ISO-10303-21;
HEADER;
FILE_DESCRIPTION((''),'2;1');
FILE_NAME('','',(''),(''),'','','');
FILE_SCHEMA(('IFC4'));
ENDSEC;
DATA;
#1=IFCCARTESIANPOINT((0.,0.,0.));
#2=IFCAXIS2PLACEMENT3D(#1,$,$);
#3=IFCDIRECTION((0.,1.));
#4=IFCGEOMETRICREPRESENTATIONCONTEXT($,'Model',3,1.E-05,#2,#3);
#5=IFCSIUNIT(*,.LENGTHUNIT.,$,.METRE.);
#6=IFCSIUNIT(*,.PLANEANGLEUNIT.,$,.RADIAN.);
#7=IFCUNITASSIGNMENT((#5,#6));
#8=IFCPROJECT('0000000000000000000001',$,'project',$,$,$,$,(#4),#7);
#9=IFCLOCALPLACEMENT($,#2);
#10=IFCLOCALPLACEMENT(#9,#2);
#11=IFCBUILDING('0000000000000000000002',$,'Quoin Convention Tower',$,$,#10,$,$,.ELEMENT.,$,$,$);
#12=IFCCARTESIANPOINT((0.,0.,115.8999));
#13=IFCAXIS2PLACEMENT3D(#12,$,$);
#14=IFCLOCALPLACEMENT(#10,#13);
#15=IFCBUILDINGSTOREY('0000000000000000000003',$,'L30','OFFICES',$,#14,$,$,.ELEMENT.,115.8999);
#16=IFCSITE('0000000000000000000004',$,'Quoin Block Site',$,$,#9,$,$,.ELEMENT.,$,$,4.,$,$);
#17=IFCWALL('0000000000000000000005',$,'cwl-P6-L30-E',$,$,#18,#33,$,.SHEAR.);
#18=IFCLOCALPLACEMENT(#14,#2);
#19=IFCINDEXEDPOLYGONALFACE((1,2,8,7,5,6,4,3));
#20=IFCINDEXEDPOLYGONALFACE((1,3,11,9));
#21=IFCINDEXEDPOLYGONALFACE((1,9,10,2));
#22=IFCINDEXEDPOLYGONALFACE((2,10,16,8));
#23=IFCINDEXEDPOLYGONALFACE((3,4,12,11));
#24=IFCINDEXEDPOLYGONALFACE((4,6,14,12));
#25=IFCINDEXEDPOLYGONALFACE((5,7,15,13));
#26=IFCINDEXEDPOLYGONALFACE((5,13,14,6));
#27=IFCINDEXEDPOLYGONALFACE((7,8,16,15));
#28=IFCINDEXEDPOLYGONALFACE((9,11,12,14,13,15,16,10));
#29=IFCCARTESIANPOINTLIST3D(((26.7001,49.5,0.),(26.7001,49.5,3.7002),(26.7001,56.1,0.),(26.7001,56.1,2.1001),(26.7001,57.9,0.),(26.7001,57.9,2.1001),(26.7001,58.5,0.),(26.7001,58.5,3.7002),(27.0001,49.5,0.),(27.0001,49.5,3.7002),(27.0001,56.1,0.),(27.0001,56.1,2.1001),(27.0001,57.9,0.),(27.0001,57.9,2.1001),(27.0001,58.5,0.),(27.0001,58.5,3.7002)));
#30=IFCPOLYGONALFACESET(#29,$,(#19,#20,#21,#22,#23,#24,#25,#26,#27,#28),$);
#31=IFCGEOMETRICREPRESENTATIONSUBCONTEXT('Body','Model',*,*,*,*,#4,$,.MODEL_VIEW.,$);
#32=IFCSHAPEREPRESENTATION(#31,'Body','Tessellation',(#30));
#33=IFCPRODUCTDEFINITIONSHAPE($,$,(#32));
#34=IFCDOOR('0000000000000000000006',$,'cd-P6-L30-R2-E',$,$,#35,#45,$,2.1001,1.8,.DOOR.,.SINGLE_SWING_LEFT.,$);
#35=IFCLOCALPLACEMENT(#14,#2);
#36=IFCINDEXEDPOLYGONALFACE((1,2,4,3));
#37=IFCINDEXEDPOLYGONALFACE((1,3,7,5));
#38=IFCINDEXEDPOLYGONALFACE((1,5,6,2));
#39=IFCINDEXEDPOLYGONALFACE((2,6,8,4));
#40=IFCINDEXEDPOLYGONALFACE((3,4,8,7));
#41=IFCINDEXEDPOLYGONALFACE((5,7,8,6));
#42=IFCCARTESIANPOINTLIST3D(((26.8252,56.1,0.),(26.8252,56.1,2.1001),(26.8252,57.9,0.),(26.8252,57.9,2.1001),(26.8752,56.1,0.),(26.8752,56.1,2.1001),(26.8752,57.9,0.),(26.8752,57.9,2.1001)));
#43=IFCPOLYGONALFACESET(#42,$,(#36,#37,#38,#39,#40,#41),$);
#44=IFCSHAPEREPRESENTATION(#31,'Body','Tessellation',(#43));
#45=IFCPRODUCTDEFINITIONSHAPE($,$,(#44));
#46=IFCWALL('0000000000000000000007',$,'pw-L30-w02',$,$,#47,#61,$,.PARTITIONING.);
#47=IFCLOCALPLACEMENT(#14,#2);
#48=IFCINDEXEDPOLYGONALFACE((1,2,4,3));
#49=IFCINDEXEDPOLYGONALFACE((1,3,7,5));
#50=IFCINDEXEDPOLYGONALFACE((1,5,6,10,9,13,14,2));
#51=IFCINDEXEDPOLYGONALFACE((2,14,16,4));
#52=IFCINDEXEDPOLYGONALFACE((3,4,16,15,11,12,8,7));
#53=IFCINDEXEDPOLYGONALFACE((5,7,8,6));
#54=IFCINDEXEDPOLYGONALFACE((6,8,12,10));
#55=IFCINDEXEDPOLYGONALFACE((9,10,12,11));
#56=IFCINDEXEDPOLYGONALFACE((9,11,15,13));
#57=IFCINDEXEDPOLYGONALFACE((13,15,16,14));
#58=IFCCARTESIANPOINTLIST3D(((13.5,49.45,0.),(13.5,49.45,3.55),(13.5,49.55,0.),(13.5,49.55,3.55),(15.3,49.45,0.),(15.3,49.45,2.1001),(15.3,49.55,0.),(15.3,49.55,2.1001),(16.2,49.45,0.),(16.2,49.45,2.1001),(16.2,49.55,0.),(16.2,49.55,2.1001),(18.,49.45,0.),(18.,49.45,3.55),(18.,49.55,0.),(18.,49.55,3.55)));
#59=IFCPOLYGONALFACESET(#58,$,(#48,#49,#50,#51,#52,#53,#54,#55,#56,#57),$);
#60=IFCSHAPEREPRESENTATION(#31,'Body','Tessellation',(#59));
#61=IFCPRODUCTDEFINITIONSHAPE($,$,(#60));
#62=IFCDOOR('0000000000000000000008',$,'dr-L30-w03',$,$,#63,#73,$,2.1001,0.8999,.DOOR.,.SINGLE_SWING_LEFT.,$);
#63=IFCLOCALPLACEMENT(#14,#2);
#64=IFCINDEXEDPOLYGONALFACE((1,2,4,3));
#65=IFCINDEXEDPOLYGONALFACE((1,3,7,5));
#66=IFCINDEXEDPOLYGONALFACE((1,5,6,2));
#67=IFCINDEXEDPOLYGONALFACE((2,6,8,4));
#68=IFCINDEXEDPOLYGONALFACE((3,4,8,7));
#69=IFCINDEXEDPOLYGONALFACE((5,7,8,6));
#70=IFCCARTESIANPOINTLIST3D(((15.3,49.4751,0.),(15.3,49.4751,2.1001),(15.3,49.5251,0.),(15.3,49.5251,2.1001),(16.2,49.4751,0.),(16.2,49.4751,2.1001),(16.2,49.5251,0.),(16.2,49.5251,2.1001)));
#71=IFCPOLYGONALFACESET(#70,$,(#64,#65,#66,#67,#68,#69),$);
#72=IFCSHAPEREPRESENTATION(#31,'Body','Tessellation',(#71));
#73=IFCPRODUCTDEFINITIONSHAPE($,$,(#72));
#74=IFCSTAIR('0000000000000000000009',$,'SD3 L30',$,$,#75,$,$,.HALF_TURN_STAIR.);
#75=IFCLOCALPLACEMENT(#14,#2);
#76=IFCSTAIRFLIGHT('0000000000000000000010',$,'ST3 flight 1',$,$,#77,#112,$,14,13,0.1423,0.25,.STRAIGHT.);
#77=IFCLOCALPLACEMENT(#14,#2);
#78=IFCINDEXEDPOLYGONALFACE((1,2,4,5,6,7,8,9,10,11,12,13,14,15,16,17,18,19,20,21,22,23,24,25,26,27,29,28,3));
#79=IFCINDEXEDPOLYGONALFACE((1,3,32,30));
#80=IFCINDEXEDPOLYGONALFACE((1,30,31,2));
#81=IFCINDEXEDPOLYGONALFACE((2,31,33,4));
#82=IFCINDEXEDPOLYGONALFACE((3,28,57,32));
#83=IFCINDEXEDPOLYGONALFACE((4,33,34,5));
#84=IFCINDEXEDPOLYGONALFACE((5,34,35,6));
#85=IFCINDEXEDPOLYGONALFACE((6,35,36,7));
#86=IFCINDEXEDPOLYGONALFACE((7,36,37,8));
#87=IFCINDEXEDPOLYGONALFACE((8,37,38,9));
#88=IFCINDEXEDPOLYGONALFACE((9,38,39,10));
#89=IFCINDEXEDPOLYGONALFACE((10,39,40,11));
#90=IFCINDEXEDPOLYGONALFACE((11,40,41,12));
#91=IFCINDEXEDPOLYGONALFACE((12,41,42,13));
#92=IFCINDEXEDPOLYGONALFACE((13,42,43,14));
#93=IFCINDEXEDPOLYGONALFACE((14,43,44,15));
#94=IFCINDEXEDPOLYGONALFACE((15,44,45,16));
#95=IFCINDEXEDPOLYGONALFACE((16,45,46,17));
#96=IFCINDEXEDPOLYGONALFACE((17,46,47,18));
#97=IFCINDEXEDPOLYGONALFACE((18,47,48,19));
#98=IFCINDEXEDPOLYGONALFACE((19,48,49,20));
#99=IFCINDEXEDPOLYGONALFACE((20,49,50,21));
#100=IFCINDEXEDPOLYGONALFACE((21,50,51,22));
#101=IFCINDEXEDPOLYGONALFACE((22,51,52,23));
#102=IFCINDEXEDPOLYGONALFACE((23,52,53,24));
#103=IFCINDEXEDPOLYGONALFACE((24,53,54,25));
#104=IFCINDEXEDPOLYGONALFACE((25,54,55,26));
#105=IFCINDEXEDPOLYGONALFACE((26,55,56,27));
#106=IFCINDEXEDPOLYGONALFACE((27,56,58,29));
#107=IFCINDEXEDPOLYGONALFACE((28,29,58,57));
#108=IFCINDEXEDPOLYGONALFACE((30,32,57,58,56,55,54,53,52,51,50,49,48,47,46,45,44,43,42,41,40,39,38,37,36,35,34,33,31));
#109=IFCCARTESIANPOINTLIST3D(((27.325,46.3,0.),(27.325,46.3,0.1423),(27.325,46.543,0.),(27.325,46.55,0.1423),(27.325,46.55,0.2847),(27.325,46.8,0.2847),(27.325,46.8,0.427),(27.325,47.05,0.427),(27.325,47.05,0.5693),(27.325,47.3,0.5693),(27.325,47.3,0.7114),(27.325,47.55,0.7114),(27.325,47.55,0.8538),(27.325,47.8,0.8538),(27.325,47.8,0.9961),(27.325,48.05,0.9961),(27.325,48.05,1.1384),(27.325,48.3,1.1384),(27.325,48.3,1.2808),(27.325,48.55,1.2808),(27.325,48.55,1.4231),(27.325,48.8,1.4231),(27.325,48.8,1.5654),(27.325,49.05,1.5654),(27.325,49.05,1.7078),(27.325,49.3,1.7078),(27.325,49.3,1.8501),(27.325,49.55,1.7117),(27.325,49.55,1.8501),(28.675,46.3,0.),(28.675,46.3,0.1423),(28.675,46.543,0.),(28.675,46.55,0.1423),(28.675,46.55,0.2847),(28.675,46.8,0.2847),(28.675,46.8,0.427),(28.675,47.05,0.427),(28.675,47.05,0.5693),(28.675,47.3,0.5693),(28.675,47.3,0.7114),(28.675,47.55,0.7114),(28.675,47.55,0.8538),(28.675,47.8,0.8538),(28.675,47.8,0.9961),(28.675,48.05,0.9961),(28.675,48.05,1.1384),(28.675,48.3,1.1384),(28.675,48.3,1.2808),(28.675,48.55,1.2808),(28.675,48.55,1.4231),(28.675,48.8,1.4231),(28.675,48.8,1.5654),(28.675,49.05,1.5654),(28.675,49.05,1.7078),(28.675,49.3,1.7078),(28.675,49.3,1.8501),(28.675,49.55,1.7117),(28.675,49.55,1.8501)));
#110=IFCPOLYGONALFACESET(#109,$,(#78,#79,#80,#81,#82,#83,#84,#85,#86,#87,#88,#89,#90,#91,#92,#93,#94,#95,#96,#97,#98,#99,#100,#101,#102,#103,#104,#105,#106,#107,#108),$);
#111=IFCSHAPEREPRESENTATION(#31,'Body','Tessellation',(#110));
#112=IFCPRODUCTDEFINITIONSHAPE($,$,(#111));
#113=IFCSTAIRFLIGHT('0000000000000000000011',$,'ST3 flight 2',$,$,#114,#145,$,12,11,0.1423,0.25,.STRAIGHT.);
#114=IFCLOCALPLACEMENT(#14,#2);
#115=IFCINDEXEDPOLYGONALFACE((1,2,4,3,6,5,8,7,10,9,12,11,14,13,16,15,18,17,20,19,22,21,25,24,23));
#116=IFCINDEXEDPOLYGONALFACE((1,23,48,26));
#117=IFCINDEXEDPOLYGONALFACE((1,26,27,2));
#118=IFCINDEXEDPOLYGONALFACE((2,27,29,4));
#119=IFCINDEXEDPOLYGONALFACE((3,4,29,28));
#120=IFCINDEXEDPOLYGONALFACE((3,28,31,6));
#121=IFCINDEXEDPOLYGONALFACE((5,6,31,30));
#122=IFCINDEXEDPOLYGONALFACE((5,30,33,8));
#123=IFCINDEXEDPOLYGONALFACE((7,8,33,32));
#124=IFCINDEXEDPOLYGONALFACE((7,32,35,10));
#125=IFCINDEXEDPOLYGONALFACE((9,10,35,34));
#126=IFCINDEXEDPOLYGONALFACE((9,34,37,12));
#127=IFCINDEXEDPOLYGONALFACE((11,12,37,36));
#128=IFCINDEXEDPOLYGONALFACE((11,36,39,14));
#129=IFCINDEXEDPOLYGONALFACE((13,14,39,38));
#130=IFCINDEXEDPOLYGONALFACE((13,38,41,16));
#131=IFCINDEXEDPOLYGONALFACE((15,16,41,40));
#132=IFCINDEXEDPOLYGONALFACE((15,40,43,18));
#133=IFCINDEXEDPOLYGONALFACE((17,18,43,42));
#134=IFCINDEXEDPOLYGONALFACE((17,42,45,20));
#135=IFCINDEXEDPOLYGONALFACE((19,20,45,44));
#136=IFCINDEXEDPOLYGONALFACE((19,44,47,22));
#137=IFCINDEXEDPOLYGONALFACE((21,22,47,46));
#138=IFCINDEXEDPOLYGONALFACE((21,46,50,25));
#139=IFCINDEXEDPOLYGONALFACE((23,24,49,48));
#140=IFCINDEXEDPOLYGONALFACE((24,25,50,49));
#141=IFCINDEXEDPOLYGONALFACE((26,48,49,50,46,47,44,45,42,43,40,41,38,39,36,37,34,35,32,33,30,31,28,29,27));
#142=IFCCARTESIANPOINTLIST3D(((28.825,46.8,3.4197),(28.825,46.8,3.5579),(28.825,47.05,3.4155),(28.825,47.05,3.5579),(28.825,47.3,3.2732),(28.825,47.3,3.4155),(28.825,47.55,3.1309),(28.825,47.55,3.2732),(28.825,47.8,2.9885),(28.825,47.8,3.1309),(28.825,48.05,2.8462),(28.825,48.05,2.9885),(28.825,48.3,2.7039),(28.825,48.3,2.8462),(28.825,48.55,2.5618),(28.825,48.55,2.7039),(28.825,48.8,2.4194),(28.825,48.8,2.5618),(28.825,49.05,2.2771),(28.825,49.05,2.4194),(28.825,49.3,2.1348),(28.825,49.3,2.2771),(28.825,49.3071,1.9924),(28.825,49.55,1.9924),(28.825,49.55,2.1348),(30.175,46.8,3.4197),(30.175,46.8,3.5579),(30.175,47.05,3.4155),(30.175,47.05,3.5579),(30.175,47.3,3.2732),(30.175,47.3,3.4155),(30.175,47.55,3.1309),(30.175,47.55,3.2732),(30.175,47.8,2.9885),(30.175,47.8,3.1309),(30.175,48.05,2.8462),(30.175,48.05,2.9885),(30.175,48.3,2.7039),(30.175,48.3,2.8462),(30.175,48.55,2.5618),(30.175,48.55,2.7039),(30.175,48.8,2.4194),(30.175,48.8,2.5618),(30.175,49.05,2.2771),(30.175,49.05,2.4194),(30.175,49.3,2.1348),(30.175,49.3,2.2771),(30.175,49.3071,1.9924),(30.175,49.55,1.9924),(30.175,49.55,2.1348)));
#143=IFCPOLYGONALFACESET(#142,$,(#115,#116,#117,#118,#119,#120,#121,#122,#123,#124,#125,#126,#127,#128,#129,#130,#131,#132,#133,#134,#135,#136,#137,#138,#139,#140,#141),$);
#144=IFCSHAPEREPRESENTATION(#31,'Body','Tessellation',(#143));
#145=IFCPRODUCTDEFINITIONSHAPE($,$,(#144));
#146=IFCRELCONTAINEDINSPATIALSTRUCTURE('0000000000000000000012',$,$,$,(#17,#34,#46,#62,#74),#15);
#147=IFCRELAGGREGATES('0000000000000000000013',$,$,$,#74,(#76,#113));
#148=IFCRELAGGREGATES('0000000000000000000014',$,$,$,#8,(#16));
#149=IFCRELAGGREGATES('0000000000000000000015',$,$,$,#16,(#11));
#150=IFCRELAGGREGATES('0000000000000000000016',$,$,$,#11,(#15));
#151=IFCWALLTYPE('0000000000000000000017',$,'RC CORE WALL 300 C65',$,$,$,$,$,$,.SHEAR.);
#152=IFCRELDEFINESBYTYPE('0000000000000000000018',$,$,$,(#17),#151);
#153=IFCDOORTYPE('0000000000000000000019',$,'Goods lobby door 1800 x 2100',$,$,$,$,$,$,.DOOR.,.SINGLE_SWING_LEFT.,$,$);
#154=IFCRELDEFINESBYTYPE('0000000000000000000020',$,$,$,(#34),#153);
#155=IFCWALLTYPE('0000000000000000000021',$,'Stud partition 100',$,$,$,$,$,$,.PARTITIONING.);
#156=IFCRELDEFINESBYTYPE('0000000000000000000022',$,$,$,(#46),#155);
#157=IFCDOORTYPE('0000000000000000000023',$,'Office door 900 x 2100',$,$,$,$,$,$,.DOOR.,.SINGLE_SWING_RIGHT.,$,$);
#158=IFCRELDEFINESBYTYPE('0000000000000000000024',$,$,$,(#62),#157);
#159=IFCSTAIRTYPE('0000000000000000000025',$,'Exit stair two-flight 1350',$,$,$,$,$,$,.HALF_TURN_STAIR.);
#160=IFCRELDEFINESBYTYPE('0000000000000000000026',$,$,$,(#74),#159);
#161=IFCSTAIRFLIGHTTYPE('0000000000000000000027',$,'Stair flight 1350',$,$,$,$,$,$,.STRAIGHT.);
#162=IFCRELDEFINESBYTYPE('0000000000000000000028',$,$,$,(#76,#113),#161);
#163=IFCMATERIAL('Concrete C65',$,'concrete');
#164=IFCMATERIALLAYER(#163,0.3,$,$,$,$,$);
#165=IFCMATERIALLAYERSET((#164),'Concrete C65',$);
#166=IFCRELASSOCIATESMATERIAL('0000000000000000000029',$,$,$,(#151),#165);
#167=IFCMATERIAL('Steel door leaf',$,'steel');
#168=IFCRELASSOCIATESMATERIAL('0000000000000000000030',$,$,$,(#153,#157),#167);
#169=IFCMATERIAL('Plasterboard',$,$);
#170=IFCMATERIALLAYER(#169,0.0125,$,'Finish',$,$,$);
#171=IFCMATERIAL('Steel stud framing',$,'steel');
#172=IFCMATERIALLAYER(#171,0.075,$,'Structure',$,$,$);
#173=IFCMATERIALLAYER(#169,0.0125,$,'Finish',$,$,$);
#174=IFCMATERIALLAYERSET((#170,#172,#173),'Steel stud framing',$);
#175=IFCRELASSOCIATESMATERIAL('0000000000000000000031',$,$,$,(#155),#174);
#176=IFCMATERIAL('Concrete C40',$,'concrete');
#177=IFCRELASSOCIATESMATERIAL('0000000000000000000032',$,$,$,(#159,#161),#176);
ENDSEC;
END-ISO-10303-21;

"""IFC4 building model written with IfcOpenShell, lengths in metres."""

from ifc_helpers import new_model, si_unit, direction, frame, frame_2d, origin, place, context, subcontext, project, spatial, polyline, rectangle, outline, extrude, material, layer, layer_set, type_object, element, fill, aggregate, save


model = new_model("IFC4")

# Units and contexts
model_context = context("Model", 3, precision=1e-05, world=origin(), true_north=direction((0.0, 1.0)))
body_context = subcontext(model_context, "Body", "Model", "MODEL_VIEW")
ifc_project = project(units=[si_unit("LENGTHUNIT", "METRE"), si_unit("PLANEANGLEUNIT", "RADIAN")], contexts=[model_context])

# Site, building, storey
site_placement = place(None, origin())
site = spatial("IfcSite", under=ifc_project, at=site_placement, Name="Quoin Block Site", CompositionType="ELEMENT", RefElevation=4.0)
building_placement = place(site_placement, origin())
building = spatial("IfcBuilding", under=site, at=building_placement, Name="Quoin Convention Tower", CompositionType="ELEMENT")
storey_placement = place(building_placement, frame((0.0, 0.0, 115.8999)))
storey = spatial("IfcBuildingStorey", under=building, at=storey_placement, Name="L30", Description="OFFICES", CompositionType="ELEMENT", Elevation=115.8999)

# Shared definitions
ifc_material_1 = material(Name="Concrete C65", Category="concrete")

# Shared definitions
ifc_material_2 = material(Name="Plasterboard")
ifc_material_3 = material(Name="Steel stud framing", Category="steel")

# Shared definitions
ifc_layer_1 = layer(ifc_material_1, 0.3)
ifc_layer_set_1 = layer_set([ifc_layer_1], Name="Concrete C65")
wall_type_1 = type_object("IfcWallType", Name="RC CORE WALL 300 C65", PredefinedType="SHEAR", material=ifc_layer_set_1)
ifc_material_4 = material(Name="Steel door leaf", Category="steel")

# Walls, openings, doors
wall_1_placement = place(storey_placement, frame((26.8501, 49.5, 0.0), z_axis=(0.0, 0.0, 1.0), x_axis=(0.0, 1.0, 0.0)))
wall_1 = element("IfcWall", 1, at=wall_1_placement, inside=storey, type_object=wall_type_1, Name="cwl-P6-L30-E", PredefinedType="SHEAR", context=body_context, shape_type="SweptSolid", body=[
    extrude(rectangle(XDim=9.0, YDim=0.3, at=frame_2d((4.5, 0.0))), origin(), (0.0, 0.0, 1.0), 3.7002),
])
opening_1_placement = place(wall_1_placement, frame((6.6001, 0.0, 0.0)))
opening_1 = element("IfcOpeningElement", 2, at=opening_1_placement, cuts=wall_1, PredefinedType="OPENING", context=body_context, shape_type="SweptSolid", body=[
    extrude(rectangle(XDim=1.8, YDim=2.1001, at=frame_2d((0.8999, 1.05))), frame((0.0, 0.1599, 0.0), z_axis=(0.0, -1.0, 0.0), x_axis=(1.0, 0.0, 0.0)), (0.0, 0.0, 1.0), 0.3201),
])
door_type_1 = type_object("IfcDoorType", Name="Goods lobby door 1800 x 2100", OperationType="SINGLE_SWING_LEFT", PredefinedType="DOOR", material=ifc_material_4)
door_1_placement = place(opening_1_placement, origin())
door_1 = element("IfcDoor", 3, at=door_1_placement, inside=storey, type_object=door_type_1, Name="cd-P6-L30-R2-E", OperationType="SINGLE_SWING_LEFT", OverallHeight=2.1001, OverallWidth=1.8, PredefinedType="DOOR", context=body_context, shape_type="SweptSolid", body=[
    extrude(rectangle(XDim=1.8, YDim=2.1001, at=frame_2d((0.8999, 1.05))), frame((0.0, 0.0249, 0.0), z_axis=(0.0, -1.0, 0.0), x_axis=(1.0, 0.0, 0.0)), (0.0, 0.0, 1.0), 0.05),
])
fill(opening_1, door_1)
ifc_layer_2 = layer(ifc_material_2, 0.0125, Name="Finish")
ifc_layer_3 = layer(ifc_material_3, 0.075, Name="Structure")
ifc_layer_4 = layer(ifc_material_2, 0.0125, Name="Finish")
ifc_layer_set_2 = layer_set([ifc_layer_2, ifc_layer_3, ifc_layer_4], Name="Steel stud framing")
wall_type_2 = type_object("IfcWallType", Name="Stud partition 100", PredefinedType="PARTITIONING", material=ifc_layer_set_2)
wall_2_placement = place(storey_placement, frame((13.5, 49.5, 0.0), z_axis=(0.0, 0.0, 1.0), x_axis=(1.0, 0.0, 0.0)))
wall_2 = element("IfcWall", 4, at=wall_2_placement, inside=storey, type_object=wall_type_2, Name="pw-L30-w02", PredefinedType="PARTITIONING", context=body_context, shape_type="SweptSolid", body=[
    extrude(rectangle(XDim=4.5, YDim=0.1001, at=frame_2d((2.25, 0.0))), origin(), (0.0, 0.0, 1.0), 3.55),
])
opening_2_placement = place(wall_2_placement, frame((1.8, 0.0, 0.0)))
opening_2 = element("IfcOpeningElement", 5, at=opening_2_placement, cuts=wall_2, PredefinedType="OPENING", context=body_context, shape_type="SweptSolid", body=[
    extrude(rectangle(XDim=0.8999, YDim=2.1001, at=frame_2d((0.45, 1.05))), frame((0.0, 0.0601, 0.0), z_axis=(0.0, -1.0, 0.0), x_axis=(1.0, 0.0, 0.0)), (0.0, 0.0, 1.0), 0.1201),
])
door_type_2 = type_object("IfcDoorType", Name="Office door 900 x 2100", OperationType="SINGLE_SWING_RIGHT", PredefinedType="DOOR", material=ifc_material_4)
door_2_placement = place(opening_2_placement, frame((0.8999, 0.0, 0.0), z_axis=(0.0, 0.0, 1.0), x_axis=(-1.0, 0.0, 0.0)))
door_2 = element("IfcDoor", 6, at=door_2_placement, inside=storey, type_object=door_type_2, Name="dr-L30-w03", OperationType="SINGLE_SWING_LEFT", OverallHeight=2.1001, OverallWidth=0.8999, PredefinedType="DOOR", context=body_context, shape_type="SweptSolid", body=[
    extrude(rectangle(XDim=0.8999, YDim=2.1001, at=frame_2d((0.45, 1.05))), frame((0.0, 0.0249, 0.0), z_axis=(0.0, -1.0, 0.0), x_axis=(1.0, 0.0, 0.0)), (0.0, 0.0, 1.0), 0.05),
])
fill(opening_2, door_2)

# Stair, stair flights
ifc_material_5 = material(Name="Concrete C40", Category="concrete")
stair_type_1 = type_object("IfcStairType", Name="Exit stair two-flight 1350", PredefinedType="HALF_TURN_STAIR", material=ifc_material_5)
stair_1_placement = place(storey_placement, origin())
stair_1 = element("IfcStair", 7, at=stair_1_placement, inside=storey, type_object=stair_type_1, Name="SD3 L30", PredefinedType="HALF_TURN_STAIR")
stair_flight_type_1 = type_object("IfcStairFlightType", Name="Stair flight 1350", PredefinedType="STRAIGHT", material=ifc_material_5)
stair_flight_1_placement = place(storey_placement, frame((28.0, 46.3, 0.0), z_axis=(0.0, 0.0, 1.0), x_axis=(0.0, 1.0, 0.0)))
stair_flight_1 = element("IfcStairFlight", 8, at=stair_flight_1_placement, type_object=stair_flight_type_1, Name="ST3 flight 1", NumberOfRisers=14, NumberOfTreads=13, PredefinedType="STRAIGHT", RiserHeight=0.1423, TreadLength=0.25, context=body_context, shape_type="SweptSolid", body=[
    extrude(outline(polyline([(0.0, 0.0), (0.0, 0.1423), (0.25, 0.1423), (0.25, 0.2847), (0.5, 0.2847), (0.5, 0.427), (0.75, 0.427), (0.75, 0.5693), (1.0, 0.5693), (1.0, 0.7114), (1.25, 0.7114), (1.25, 0.8538), (1.5, 0.8538), (1.5, 0.9961), (1.75, 0.9961), (1.75, 1.1384), (2.0, 1.1384), (2.0, 1.2808), (2.25, 1.2808), (2.25, 1.4231), (2.5, 1.4231), (2.5, 1.5654), (2.75, 1.5654), (2.75, 1.7078), (3.0, 1.7078), (3.0, 1.8501), (3.25, 1.8501), (3.25, 1.9922), (3.25, 1.7117), (0.2429, 0.0), (0.0, 0.0)])), frame((0.0, 0.675, 0.0), z_axis=(0.0, -1.0, 0.0), x_axis=(1.0, 0.0, 0.0)), (0.0, 0.0, 1.0), 1.3501),
])
stair_flight_2_placement = place(storey_placement, frame((29.5, 49.55, 1.9924), z_axis=(0.0, 0.0, 1.0), x_axis=(0.0, -1.0, 0.0)))
stair_flight_2 = element("IfcStairFlight", 9, at=stair_flight_2_placement, type_object=stair_flight_type_1, Name="ST3 flight 2", NumberOfRisers=12, NumberOfTreads=11, PredefinedType="STRAIGHT", RiserHeight=0.1423, TreadLength=0.25, context=body_context, shape_type="SweptSolid", body=[
    extrude(outline(polyline([(0.0, 0.0), (0.0, 0.1423), (0.25, 0.1423), (0.25, 0.2847), (0.5, 0.2847), (0.5, 0.427), (0.75, 0.427), (0.75, 0.5693), (1.0, 0.5693), (1.0, 0.7114), (1.25, 0.7114), (1.25, 0.8538), (1.5, 0.8538), (1.5, 0.9961), (1.75, 0.9961), (1.75, 1.1384), (2.0, 1.1384), (2.0, 1.2808), (2.25, 1.2808), (2.25, 1.4231), (2.5, 1.4231), (2.5, 1.5654), (2.75, 1.5654), (2.75, 1.7078), (2.75, 1.4272), (0.2429, 0.0), (0.0, 0.0)])), frame((0.0, 0.675, 0.0), z_axis=(0.0, -1.0, 0.0), x_axis=(1.0, 0.0, 0.0)), (0.0, 0.0, 1.0), 1.3501),
])
aggregate(stair_1, [stair_flight_1, stair_flight_2])

save(model, "model.ifc")
